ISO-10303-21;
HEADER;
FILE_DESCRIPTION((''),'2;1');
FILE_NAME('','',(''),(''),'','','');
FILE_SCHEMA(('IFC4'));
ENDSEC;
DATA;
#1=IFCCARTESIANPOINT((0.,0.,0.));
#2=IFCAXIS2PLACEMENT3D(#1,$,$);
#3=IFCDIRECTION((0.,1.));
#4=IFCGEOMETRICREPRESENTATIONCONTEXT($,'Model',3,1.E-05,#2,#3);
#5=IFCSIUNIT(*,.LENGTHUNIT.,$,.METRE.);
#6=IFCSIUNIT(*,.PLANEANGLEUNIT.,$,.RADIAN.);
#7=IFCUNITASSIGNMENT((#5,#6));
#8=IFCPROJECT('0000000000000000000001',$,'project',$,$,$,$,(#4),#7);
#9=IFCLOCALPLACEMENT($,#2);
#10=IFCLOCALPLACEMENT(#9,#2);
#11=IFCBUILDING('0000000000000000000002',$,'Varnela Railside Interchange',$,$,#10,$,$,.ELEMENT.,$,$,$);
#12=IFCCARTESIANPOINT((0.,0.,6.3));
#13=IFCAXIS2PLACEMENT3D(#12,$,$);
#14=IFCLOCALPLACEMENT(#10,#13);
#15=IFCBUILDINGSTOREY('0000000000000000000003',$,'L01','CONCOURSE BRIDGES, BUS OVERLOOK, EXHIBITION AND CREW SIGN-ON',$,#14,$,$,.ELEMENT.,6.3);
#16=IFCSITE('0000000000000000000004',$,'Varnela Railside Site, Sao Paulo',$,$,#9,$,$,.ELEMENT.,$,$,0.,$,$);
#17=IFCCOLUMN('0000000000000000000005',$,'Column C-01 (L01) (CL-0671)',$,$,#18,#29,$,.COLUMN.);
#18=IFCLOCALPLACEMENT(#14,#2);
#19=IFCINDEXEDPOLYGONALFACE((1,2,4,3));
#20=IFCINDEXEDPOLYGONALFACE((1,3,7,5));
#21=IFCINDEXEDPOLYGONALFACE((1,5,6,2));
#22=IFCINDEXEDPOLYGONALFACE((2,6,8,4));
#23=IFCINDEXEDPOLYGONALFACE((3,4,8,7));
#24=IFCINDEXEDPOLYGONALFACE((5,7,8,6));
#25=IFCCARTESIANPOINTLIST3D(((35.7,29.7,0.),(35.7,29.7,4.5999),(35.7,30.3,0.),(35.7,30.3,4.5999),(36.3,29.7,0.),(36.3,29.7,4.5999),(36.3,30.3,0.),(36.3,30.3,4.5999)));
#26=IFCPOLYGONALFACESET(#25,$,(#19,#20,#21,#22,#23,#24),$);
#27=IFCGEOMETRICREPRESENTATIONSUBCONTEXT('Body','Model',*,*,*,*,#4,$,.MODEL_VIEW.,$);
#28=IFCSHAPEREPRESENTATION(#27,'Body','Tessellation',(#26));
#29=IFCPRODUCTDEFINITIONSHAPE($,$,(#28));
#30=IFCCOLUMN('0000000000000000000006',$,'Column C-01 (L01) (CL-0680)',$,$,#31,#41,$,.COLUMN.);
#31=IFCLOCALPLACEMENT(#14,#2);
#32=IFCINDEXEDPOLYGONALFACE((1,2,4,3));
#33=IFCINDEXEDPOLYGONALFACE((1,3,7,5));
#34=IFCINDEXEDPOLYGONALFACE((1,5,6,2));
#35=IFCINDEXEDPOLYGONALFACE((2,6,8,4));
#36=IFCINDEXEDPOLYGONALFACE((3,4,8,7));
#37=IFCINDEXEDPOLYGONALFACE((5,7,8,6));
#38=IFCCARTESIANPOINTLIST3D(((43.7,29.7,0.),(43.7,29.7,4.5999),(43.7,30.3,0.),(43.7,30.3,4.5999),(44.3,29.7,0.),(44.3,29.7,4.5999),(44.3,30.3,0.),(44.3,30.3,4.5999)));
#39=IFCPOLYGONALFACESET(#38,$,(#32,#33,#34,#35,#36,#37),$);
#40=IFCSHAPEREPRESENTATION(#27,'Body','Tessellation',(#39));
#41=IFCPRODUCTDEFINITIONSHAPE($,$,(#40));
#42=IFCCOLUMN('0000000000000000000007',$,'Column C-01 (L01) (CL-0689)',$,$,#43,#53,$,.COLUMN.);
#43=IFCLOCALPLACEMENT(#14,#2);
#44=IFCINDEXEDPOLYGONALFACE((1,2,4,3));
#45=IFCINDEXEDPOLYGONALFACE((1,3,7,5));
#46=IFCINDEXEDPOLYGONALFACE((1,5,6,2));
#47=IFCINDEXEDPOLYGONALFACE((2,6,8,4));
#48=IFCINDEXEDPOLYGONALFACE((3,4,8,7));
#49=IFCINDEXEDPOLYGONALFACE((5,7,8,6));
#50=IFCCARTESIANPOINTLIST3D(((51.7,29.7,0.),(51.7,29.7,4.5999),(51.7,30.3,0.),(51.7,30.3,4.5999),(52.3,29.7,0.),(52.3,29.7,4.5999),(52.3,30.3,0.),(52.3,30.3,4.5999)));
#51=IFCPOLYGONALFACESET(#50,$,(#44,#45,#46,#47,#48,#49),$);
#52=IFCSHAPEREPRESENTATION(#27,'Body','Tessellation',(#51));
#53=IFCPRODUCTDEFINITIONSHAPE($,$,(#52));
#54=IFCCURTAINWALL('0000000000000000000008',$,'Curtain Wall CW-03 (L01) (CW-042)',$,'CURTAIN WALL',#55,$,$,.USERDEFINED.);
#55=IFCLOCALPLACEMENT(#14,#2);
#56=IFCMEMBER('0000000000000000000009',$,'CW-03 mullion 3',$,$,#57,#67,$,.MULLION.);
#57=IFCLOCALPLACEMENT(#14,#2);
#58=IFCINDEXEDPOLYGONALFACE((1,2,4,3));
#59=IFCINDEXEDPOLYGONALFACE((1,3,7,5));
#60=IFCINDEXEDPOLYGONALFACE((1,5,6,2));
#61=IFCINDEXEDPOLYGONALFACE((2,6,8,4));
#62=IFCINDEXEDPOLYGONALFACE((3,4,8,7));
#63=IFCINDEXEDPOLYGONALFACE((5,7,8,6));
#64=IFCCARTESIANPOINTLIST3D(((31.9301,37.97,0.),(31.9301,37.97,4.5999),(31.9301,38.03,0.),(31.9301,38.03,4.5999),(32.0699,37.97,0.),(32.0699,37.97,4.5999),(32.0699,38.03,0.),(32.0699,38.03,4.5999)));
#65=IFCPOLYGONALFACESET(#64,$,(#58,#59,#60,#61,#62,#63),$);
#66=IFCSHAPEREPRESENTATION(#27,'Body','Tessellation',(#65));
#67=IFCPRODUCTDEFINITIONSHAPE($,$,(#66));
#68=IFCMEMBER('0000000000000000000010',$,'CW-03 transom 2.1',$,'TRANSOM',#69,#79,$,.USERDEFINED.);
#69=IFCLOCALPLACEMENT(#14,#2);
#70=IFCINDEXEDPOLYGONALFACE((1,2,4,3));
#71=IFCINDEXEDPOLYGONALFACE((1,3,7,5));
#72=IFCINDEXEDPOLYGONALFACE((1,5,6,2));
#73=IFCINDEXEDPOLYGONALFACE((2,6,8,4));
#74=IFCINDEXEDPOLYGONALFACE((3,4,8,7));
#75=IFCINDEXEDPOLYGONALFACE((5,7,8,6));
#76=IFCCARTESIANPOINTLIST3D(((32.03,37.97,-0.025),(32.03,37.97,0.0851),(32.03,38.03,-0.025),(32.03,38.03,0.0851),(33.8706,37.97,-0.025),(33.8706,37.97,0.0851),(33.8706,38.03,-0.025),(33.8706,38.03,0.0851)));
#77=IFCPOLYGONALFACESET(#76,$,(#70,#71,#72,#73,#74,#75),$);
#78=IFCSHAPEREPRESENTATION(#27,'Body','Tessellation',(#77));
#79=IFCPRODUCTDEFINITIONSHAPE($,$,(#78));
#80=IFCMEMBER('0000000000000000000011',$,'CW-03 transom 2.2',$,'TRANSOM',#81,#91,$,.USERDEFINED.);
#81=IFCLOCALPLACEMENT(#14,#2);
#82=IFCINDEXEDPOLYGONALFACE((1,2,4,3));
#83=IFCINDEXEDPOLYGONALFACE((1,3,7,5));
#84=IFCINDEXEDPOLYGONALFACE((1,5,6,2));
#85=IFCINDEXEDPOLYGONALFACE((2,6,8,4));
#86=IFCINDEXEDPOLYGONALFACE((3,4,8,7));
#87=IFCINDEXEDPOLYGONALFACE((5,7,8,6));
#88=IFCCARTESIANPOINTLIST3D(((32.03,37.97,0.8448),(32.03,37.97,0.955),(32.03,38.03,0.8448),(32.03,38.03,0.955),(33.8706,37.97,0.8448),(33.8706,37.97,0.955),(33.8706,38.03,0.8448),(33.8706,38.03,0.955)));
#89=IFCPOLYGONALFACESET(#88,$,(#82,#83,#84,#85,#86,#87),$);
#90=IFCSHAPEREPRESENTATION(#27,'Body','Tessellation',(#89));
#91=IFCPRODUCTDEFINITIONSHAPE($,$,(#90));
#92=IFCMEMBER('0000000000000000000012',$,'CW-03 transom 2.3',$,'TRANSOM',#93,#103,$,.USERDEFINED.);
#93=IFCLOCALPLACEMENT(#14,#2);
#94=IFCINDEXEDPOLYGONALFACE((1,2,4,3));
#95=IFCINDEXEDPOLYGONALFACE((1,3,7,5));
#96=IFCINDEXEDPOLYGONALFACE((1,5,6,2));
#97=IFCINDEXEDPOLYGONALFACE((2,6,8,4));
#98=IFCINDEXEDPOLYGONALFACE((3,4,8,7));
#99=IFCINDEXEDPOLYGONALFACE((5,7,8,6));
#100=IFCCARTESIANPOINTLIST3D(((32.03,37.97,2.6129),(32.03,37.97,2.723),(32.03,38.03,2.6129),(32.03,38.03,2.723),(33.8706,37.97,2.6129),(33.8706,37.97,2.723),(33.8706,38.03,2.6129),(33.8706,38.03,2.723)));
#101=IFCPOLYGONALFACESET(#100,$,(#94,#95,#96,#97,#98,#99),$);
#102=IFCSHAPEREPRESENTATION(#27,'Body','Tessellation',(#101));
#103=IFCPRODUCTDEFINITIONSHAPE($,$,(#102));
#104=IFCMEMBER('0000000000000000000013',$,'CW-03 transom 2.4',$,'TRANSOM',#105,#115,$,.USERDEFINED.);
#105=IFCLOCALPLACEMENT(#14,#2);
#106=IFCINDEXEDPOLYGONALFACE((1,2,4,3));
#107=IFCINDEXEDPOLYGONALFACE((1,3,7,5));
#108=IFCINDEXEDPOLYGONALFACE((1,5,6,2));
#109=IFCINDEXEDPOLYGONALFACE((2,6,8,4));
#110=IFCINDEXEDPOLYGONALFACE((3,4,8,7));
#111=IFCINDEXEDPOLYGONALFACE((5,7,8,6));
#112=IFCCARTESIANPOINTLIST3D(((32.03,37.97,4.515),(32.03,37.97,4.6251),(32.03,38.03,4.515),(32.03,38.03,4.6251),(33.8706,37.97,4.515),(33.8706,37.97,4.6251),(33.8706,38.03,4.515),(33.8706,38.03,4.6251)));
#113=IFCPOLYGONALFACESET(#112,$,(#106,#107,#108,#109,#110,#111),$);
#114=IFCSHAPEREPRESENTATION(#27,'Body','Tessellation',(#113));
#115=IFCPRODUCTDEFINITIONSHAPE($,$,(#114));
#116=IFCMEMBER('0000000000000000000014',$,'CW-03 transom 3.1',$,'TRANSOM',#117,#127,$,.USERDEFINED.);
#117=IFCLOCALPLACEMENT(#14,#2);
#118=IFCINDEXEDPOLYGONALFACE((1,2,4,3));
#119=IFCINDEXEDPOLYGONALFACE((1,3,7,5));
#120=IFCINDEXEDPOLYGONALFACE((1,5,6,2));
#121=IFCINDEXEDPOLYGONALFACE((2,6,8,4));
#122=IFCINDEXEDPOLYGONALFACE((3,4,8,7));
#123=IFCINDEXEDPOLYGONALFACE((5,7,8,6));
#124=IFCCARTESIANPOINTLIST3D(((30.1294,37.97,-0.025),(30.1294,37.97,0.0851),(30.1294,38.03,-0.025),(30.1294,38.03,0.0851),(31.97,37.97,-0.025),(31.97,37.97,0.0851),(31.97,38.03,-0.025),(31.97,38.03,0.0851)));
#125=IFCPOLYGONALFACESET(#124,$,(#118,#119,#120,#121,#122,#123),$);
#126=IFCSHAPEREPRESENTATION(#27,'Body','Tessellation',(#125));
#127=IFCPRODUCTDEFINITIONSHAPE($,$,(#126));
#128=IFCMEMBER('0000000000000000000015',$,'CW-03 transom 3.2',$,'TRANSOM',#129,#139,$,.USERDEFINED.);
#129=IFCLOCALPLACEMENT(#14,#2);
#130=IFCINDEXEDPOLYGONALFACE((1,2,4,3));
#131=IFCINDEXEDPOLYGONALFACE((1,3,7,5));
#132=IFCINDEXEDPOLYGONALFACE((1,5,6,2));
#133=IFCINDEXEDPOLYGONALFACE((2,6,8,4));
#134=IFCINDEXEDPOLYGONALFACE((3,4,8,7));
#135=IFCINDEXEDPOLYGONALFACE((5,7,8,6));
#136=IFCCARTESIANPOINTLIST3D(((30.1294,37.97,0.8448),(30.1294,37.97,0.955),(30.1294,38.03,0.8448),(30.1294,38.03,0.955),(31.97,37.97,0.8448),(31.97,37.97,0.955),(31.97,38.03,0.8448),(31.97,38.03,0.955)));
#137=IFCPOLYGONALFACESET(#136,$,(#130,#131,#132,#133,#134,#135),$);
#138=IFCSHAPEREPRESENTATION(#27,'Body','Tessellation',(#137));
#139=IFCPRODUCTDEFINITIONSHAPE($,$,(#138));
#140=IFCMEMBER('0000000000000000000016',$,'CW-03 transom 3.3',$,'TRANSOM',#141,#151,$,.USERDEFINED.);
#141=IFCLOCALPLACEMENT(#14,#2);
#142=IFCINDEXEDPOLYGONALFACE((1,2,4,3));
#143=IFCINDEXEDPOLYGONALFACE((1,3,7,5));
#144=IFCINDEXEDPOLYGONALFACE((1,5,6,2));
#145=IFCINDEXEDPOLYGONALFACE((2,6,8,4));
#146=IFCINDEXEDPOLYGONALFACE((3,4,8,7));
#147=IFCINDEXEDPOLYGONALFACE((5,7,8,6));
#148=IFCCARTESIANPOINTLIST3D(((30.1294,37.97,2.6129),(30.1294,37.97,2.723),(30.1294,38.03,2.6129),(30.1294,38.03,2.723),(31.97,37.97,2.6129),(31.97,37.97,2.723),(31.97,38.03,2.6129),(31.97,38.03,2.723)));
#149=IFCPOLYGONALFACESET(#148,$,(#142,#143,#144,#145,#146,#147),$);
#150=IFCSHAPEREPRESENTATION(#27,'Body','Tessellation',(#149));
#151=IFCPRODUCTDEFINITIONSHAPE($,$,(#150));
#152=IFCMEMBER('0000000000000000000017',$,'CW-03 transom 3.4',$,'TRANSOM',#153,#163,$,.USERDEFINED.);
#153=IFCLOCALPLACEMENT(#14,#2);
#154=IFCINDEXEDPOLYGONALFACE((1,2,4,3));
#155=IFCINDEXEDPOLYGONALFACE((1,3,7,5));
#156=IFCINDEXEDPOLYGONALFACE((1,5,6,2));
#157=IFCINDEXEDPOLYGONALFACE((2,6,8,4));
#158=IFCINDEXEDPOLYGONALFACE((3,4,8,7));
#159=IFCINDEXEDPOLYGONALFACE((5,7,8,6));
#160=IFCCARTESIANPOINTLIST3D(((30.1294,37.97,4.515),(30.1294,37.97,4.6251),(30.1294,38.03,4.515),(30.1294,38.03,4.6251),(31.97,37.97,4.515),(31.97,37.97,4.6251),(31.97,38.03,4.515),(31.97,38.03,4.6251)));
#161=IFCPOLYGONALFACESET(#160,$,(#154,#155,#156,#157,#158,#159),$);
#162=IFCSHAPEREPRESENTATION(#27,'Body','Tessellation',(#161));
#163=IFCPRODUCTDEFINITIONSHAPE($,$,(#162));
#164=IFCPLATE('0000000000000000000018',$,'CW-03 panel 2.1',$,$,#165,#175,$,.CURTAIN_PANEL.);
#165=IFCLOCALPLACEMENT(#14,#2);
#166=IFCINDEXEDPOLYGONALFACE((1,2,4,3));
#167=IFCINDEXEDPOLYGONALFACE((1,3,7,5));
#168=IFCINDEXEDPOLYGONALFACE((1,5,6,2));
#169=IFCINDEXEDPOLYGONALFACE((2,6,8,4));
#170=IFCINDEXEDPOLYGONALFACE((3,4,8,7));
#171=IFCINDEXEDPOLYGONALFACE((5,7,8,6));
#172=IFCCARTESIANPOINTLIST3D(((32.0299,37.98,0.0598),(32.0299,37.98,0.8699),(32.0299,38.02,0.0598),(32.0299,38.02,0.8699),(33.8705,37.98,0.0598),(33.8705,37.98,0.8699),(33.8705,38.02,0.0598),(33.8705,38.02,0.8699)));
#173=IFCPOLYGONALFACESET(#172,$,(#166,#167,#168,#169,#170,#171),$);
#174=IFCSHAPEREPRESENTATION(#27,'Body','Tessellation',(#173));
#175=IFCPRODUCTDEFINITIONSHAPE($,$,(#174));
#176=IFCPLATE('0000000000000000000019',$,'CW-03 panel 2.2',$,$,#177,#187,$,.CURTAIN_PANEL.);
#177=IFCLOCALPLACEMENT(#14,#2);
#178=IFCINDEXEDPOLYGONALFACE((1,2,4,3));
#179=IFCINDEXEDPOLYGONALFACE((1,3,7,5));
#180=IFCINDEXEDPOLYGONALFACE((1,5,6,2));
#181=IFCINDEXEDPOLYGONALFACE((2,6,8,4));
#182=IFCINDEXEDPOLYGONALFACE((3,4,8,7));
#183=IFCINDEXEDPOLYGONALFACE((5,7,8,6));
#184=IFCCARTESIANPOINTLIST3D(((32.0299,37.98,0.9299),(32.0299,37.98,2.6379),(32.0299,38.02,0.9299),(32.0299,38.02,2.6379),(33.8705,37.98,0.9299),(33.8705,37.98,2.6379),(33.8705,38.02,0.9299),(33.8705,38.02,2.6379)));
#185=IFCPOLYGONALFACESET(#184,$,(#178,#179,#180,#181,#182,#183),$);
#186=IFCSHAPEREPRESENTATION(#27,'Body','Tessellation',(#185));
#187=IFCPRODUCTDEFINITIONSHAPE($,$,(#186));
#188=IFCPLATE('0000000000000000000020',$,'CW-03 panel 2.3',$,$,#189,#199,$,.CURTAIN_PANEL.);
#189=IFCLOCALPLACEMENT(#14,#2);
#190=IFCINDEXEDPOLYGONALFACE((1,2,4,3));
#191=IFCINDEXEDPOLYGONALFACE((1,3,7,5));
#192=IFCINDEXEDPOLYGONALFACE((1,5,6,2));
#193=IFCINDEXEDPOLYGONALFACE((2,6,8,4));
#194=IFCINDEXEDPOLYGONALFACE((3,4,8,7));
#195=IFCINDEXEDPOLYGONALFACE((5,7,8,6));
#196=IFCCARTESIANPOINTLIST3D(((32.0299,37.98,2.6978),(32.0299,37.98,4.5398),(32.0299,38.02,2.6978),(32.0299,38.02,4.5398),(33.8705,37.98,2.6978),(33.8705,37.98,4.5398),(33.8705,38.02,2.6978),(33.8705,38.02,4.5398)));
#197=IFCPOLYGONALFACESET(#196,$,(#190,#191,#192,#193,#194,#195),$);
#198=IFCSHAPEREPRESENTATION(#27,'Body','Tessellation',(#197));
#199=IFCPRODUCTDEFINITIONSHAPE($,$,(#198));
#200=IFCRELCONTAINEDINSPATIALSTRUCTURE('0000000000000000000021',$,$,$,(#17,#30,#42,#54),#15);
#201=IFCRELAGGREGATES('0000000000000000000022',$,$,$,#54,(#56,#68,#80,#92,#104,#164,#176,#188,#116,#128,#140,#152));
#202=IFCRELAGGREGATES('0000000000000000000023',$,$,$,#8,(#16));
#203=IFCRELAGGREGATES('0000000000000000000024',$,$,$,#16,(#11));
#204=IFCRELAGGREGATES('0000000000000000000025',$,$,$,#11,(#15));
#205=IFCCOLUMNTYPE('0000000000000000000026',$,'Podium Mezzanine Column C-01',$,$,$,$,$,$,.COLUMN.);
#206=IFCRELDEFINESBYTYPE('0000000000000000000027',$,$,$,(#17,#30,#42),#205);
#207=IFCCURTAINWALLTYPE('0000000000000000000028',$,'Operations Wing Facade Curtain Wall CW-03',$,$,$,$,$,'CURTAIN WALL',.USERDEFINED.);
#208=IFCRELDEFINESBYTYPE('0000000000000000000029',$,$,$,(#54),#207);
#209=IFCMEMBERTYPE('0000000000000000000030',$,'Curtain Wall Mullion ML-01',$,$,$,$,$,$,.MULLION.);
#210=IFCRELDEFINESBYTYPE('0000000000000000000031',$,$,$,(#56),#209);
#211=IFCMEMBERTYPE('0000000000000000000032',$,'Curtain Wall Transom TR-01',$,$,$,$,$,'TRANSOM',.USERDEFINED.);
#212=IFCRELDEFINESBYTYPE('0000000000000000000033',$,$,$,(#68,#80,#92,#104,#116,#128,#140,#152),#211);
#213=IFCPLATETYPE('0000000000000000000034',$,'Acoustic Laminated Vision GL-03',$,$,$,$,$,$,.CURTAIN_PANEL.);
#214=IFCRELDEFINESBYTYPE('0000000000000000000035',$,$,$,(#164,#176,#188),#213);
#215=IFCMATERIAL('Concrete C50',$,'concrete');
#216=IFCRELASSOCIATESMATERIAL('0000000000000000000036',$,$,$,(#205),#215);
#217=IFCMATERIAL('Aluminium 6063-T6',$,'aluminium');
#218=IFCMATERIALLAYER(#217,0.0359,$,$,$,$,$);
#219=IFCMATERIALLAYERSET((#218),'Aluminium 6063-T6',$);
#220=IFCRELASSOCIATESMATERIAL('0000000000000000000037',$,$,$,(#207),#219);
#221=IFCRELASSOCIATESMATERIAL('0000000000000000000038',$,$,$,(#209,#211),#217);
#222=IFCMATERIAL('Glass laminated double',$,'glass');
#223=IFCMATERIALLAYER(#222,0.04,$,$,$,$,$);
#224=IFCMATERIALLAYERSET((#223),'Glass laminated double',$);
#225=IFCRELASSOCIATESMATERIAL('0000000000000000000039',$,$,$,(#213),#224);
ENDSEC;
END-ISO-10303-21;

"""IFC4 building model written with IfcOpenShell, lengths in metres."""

from ifc_helpers import new_model, si_unit, direction, frame, origin, origin_2d, place, context, subcontext, project, spatial, rectangle, extrude, material, layer, layer_set, material_profile, profile_set, type_object, element, aggregate, save


model = new_model("IFC4")

# Units and contexts
model_context = context("Model", 3, precision=1e-05, world=origin(), true_north=direction((0.0, 1.0)))
body_context = subcontext(model_context, "Body", "Model", "MODEL_VIEW")
ifc_project = project(units=[si_unit("LENGTHUNIT", "METRE"), si_unit("PLANEANGLEUNIT", "RADIAN")], contexts=[model_context])

# Site, building, storey
site_placement = place(None, origin())
site = spatial("IfcSite", under=ifc_project, at=site_placement, Name="Varnela Railside Site, Sao Paulo", CompositionType="ELEMENT", RefElevation=0.0)
building_placement = place(site_placement, origin())
building = spatial("IfcBuilding", under=site, at=building_placement, Name="Varnela Railside Interchange", CompositionType="ELEMENT")
storey_placement = place(building_placement, frame((0.0, 0.0, 6.3)))
storey = spatial("IfcBuildingStorey", under=building, at=storey_placement, Name="L01", Description="CONCOURSE BRIDGES, BUS OVERLOOK, EXHIBITION AND CREW SIGN-ON", CompositionType="ELEMENT", Elevation=6.3)

# Columns
ifc_material_1 = material(Name="Concrete C50", Category="concrete")
ifc_material_profile_1 = material_profile(ifc_material_1, rectangle(XDim=0.6001, YDim=0.6001, at=origin_2d()), Name="RC 600x600")
ifc_profile_set_1 = profile_set([ifc_material_profile_1], Name="Concrete C50")
column_type = type_object("IfcColumnType", Name="Podium Mezzanine Column C-01", PredefinedType="COLUMN", material=ifc_profile_set_1)
for number, where, z_axis, x_axis, name in (
    (1, (36.0, 30.0, 0.0), (0.0, 0.0, 1.0), (1.0, 0.0, 0.0), "Column C-01 (L01) (CL-0671)"),
    (2, (44.0, 30.0, 0.0), (0.0, 0.0, 1.0), (1.0, 0.0, 0.0), "Column C-01 (L01) (CL-0680)"),
    (3, (52.0, 30.0, 0.0), (0.0, 0.0, 1.0), (1.0, 0.0, 0.0), "Column C-01 (L01) (CL-0689)"),
):
    element("IfcColumn", number, at=place(storey_placement, frame(where, z_axis=z_axis, x_axis=x_axis)), inside=storey, type_object=column_type, Name=name, PredefinedType="COLUMN", context=body_context, shape_type="SweptSolid", body=[
        extrude(rectangle(XDim=0.6001, YDim=0.6001, at=origin_2d()), origin(), (0.0, 0.0, 1.0), 4.5999),
    ])

# Curtain wall, members, plates
ifc_material_2 = material(Name="Aluminium 6063-T6", Category="aluminium")
ifc_layer_1 = layer(ifc_material_2, 0.0359)
ifc_layer_set_1 = layer_set([ifc_layer_1], Name="Aluminium 6063-T6")
curtain_wall_type = type_object("IfcCurtainWallType", Name="Operations Wing Facade Curtain Wall CW-03", ElementType="CURTAIN WALL", PredefinedType="USERDEFINED", material=ifc_layer_set_1)
curtain_wall_placement = place(storey_placement, origin())
curtain_wall = element("IfcCurtainWall", 4, at=curtain_wall_placement, inside=storey, type_object=curtain_wall_type, Name="Curtain Wall CW-03 (L01) (CW-042)", ObjectType="CURTAIN WALL", PredefinedType="USERDEFINED")
ifc_material_profile_2 = material_profile(ifc_material_2, rectangle(XDim=0.0601, YDim=0.1399, at=origin_2d()), Name="ALU 60x140")
ifc_profile_set_2 = profile_set([ifc_material_profile_2], Name="Aluminium 6063-T6")
member_type_1 = type_object("IfcMemberType", Name="Curtain Wall Mullion ML-01", PredefinedType="MULLION", material=ifc_profile_set_2)
member_1_placement = place(storey_placement, frame((32.0, 38.0, 0.0), z_axis=(0.0, 0.0, 1.0), x_axis=(0.0, -1.0, 0.0)))
member_1 = element("IfcMember", 5, at=member_1_placement, type_object=member_type_1, Name="CW-03 mullion 3", PredefinedType="MULLION", context=body_context, shape_type="SweptSolid", body=[
    extrude(rectangle(XDim=0.0601, YDim=0.1399, at=origin_2d()), origin(), (0.0, 0.0, 1.0), 4.5999),
])
ifc_material_profile_3 = material_profile(ifc_material_2, rectangle(XDim=0.0601, YDim=0.1101, at=origin_2d()), Name="ALU 60x110")
ifc_profile_set_3 = profile_set([ifc_material_profile_3], Name="Aluminium 6063-T6")
member_type_2 = type_object("IfcMemberType", Name="Curtain Wall Transom TR-01", ElementType="TRANSOM", PredefinedType="USERDEFINED", material=ifc_profile_set_3)
member_2_placement = place(storey_placement, frame((33.8706, 38.0, 0.03), z_axis=(-1.0, 0.0, 0.0), x_axis=(0.0, -1.0, 0.0)))
member_2 = element("IfcMember", 6, at=member_2_placement, type_object=member_type_2, Name="CW-03 transom 2.1", ObjectType="TRANSOM", PredefinedType="USERDEFINED", context=body_context, shape_type="SweptSolid", body=[
    extrude(rectangle(XDim=0.0601, YDim=0.1101, at=origin_2d()), origin(), (0.0, 0.0, 1.0), 1.8406),
])
member_3_placement = place(storey_placement, frame((33.8706, 38.0, 0.8999), z_axis=(-1.0, 0.0, 0.0), x_axis=(0.0, -1.0, 0.0)))
member_3 = element("IfcMember", 7, at=member_3_placement, type_object=member_type_2, Name="CW-03 transom 2.2", ObjectType="TRANSOM", PredefinedType="USERDEFINED", context=body_context, shape_type="SweptSolid", body=[
    extrude(rectangle(XDim=0.0601, YDim=0.1101, at=origin_2d()), origin(), (0.0, 0.0, 1.0), 1.8406),
])
member_4_placement = place(storey_placement, frame((33.8706, 38.0, 2.668), z_axis=(-1.0, 0.0, 0.0), x_axis=(0.0, -1.0, 0.0)))
member_4 = element("IfcMember", 8, at=member_4_placement, type_object=member_type_2, Name="CW-03 transom 2.3", ObjectType="TRANSOM", PredefinedType="USERDEFINED", context=body_context, shape_type="SweptSolid", body=[
    extrude(rectangle(XDim=0.0601, YDim=0.1101, at=origin_2d()), origin(), (0.0, 0.0, 1.0), 1.8406),
])
member_5_placement = place(storey_placement, frame((33.8706, 38.0, 4.5701), z_axis=(-1.0, 0.0, 0.0), x_axis=(0.0, -1.0, 0.0)))
member_5 = element("IfcMember", 9, at=member_5_placement, type_object=member_type_2, Name="CW-03 transom 2.4", ObjectType="TRANSOM", PredefinedType="USERDEFINED", context=body_context, shape_type="SweptSolid", body=[
    extrude(rectangle(XDim=0.0601, YDim=0.1101, at=origin_2d()), origin(), (0.0, 0.0, 1.0), 1.8406),
])
member_6_placement = place(storey_placement, frame((31.97, 38.0, 0.03), z_axis=(-1.0, 0.0, 0.0), x_axis=(0.0, -1.0, 0.0)))
member_6 = element("IfcMember", 10, at=member_6_placement, type_object=member_type_2, Name="CW-03 transom 3.1", ObjectType="TRANSOM", PredefinedType="USERDEFINED", context=body_context, shape_type="SweptSolid", body=[
    extrude(rectangle(XDim=0.0601, YDim=0.1101, at=origin_2d()), origin(), (0.0, 0.0, 1.0), 1.8406),
])
member_7_placement = place(storey_placement, frame((31.97, 38.0, 0.8999), z_axis=(-1.0, 0.0, 0.0), x_axis=(0.0, -1.0, 0.0)))
member_7 = element("IfcMember", 11, at=member_7_placement, type_object=member_type_2, Name="CW-03 transom 3.2", ObjectType="TRANSOM", PredefinedType="USERDEFINED", context=body_context, shape_type="SweptSolid", body=[
    extrude(rectangle(XDim=0.0601, YDim=0.1101, at=origin_2d()), origin(), (0.0, 0.0, 1.0), 1.8406),
])
member_8_placement = place(storey_placement, frame((31.97, 38.0, 2.668), z_axis=(-1.0, 0.0, 0.0), x_axis=(0.0, -1.0, 0.0)))
member_8 = element("IfcMember", 12, at=member_8_placement, type_object=member_type_2, Name="CW-03 transom 3.3", ObjectType="TRANSOM", PredefinedType="USERDEFINED", context=body_context, shape_type="SweptSolid", body=[
    extrude(rectangle(XDim=0.0601, YDim=0.1101, at=origin_2d()), origin(), (0.0, 0.0, 1.0), 1.8406),
])
member_9_placement = place(storey_placement, frame((31.97, 38.0, 4.5701), z_axis=(-1.0, 0.0, 0.0), x_axis=(0.0, -1.0, 0.0)))
member_9 = element("IfcMember", 13, at=member_9_placement, type_object=member_type_2, Name="CW-03 transom 3.4", ObjectType="TRANSOM", PredefinedType="USERDEFINED", context=body_context, shape_type="SweptSolid", body=[
    extrude(rectangle(XDim=0.0601, YDim=0.1101, at=origin_2d()), origin(), (0.0, 0.0, 1.0), 1.8406),
])
ifc_material_3 = material(Name="Glass laminated double", Category="glass")
ifc_layer_2 = layer(ifc_material_3, 0.04)
ifc_layer_set_2 = layer_set([ifc_layer_2], Name="Glass laminated double")
plate_type = type_object("IfcPlateType", Name="Acoustic Laminated Vision GL-03", PredefinedType="CURTAIN_PANEL", material=ifc_layer_set_2)
plate_1_placement = place(storey_placement, frame((32.9502, 38.0, 0.0598), z_axis=(0.0, 0.0, 1.0), x_axis=(-1.0, 0.0, 0.0)))
plate_1 = element("IfcPlate", 14, at=plate_1_placement, type_object=plate_type, Name="CW-03 panel 2.1", PredefinedType="CURTAIN_PANEL", context=body_context, shape_type="SweptSolid", body=[
    extrude(rectangle(XDim=1.8406, YDim=0.04, at=origin_2d()), origin(), (0.0, 0.0, 1.0), 0.8101),
])
plate_2_placement = place(storey_placement, frame((32.9502, 38.0, 0.9299), z_axis=(0.0, 0.0, 1.0), x_axis=(-1.0, 0.0, 0.0)))
plate_2 = element("IfcPlate", 15, at=plate_2_placement, type_object=plate_type, Name="CW-03 panel 2.2", PredefinedType="CURTAIN_PANEL", context=body_context, shape_type="SweptSolid", body=[
    extrude(rectangle(XDim=1.8406, YDim=0.04, at=origin_2d()), origin(), (0.0, 0.0, 1.0), 1.708),
])
plate_3_placement = place(storey_placement, frame((32.9502, 38.0, 2.6978), z_axis=(0.0, 0.0, 1.0), x_axis=(-1.0, 0.0, 0.0)))
plate_3 = element("IfcPlate", 16, at=plate_3_placement, type_object=plate_type, Name="CW-03 panel 2.3", PredefinedType="CURTAIN_PANEL", context=body_context, shape_type="SweptSolid", body=[
    extrude(rectangle(XDim=1.8406, YDim=0.04, at=origin_2d()), origin(), (0.0, 0.0, 1.0), 1.842),
])
aggregate(curtain_wall, [member_1, member_2, member_3, member_4, member_5, plate_1, plate_2, plate_3, member_6, member_7, member_8, member_9])

save(model, "model.ifc")
